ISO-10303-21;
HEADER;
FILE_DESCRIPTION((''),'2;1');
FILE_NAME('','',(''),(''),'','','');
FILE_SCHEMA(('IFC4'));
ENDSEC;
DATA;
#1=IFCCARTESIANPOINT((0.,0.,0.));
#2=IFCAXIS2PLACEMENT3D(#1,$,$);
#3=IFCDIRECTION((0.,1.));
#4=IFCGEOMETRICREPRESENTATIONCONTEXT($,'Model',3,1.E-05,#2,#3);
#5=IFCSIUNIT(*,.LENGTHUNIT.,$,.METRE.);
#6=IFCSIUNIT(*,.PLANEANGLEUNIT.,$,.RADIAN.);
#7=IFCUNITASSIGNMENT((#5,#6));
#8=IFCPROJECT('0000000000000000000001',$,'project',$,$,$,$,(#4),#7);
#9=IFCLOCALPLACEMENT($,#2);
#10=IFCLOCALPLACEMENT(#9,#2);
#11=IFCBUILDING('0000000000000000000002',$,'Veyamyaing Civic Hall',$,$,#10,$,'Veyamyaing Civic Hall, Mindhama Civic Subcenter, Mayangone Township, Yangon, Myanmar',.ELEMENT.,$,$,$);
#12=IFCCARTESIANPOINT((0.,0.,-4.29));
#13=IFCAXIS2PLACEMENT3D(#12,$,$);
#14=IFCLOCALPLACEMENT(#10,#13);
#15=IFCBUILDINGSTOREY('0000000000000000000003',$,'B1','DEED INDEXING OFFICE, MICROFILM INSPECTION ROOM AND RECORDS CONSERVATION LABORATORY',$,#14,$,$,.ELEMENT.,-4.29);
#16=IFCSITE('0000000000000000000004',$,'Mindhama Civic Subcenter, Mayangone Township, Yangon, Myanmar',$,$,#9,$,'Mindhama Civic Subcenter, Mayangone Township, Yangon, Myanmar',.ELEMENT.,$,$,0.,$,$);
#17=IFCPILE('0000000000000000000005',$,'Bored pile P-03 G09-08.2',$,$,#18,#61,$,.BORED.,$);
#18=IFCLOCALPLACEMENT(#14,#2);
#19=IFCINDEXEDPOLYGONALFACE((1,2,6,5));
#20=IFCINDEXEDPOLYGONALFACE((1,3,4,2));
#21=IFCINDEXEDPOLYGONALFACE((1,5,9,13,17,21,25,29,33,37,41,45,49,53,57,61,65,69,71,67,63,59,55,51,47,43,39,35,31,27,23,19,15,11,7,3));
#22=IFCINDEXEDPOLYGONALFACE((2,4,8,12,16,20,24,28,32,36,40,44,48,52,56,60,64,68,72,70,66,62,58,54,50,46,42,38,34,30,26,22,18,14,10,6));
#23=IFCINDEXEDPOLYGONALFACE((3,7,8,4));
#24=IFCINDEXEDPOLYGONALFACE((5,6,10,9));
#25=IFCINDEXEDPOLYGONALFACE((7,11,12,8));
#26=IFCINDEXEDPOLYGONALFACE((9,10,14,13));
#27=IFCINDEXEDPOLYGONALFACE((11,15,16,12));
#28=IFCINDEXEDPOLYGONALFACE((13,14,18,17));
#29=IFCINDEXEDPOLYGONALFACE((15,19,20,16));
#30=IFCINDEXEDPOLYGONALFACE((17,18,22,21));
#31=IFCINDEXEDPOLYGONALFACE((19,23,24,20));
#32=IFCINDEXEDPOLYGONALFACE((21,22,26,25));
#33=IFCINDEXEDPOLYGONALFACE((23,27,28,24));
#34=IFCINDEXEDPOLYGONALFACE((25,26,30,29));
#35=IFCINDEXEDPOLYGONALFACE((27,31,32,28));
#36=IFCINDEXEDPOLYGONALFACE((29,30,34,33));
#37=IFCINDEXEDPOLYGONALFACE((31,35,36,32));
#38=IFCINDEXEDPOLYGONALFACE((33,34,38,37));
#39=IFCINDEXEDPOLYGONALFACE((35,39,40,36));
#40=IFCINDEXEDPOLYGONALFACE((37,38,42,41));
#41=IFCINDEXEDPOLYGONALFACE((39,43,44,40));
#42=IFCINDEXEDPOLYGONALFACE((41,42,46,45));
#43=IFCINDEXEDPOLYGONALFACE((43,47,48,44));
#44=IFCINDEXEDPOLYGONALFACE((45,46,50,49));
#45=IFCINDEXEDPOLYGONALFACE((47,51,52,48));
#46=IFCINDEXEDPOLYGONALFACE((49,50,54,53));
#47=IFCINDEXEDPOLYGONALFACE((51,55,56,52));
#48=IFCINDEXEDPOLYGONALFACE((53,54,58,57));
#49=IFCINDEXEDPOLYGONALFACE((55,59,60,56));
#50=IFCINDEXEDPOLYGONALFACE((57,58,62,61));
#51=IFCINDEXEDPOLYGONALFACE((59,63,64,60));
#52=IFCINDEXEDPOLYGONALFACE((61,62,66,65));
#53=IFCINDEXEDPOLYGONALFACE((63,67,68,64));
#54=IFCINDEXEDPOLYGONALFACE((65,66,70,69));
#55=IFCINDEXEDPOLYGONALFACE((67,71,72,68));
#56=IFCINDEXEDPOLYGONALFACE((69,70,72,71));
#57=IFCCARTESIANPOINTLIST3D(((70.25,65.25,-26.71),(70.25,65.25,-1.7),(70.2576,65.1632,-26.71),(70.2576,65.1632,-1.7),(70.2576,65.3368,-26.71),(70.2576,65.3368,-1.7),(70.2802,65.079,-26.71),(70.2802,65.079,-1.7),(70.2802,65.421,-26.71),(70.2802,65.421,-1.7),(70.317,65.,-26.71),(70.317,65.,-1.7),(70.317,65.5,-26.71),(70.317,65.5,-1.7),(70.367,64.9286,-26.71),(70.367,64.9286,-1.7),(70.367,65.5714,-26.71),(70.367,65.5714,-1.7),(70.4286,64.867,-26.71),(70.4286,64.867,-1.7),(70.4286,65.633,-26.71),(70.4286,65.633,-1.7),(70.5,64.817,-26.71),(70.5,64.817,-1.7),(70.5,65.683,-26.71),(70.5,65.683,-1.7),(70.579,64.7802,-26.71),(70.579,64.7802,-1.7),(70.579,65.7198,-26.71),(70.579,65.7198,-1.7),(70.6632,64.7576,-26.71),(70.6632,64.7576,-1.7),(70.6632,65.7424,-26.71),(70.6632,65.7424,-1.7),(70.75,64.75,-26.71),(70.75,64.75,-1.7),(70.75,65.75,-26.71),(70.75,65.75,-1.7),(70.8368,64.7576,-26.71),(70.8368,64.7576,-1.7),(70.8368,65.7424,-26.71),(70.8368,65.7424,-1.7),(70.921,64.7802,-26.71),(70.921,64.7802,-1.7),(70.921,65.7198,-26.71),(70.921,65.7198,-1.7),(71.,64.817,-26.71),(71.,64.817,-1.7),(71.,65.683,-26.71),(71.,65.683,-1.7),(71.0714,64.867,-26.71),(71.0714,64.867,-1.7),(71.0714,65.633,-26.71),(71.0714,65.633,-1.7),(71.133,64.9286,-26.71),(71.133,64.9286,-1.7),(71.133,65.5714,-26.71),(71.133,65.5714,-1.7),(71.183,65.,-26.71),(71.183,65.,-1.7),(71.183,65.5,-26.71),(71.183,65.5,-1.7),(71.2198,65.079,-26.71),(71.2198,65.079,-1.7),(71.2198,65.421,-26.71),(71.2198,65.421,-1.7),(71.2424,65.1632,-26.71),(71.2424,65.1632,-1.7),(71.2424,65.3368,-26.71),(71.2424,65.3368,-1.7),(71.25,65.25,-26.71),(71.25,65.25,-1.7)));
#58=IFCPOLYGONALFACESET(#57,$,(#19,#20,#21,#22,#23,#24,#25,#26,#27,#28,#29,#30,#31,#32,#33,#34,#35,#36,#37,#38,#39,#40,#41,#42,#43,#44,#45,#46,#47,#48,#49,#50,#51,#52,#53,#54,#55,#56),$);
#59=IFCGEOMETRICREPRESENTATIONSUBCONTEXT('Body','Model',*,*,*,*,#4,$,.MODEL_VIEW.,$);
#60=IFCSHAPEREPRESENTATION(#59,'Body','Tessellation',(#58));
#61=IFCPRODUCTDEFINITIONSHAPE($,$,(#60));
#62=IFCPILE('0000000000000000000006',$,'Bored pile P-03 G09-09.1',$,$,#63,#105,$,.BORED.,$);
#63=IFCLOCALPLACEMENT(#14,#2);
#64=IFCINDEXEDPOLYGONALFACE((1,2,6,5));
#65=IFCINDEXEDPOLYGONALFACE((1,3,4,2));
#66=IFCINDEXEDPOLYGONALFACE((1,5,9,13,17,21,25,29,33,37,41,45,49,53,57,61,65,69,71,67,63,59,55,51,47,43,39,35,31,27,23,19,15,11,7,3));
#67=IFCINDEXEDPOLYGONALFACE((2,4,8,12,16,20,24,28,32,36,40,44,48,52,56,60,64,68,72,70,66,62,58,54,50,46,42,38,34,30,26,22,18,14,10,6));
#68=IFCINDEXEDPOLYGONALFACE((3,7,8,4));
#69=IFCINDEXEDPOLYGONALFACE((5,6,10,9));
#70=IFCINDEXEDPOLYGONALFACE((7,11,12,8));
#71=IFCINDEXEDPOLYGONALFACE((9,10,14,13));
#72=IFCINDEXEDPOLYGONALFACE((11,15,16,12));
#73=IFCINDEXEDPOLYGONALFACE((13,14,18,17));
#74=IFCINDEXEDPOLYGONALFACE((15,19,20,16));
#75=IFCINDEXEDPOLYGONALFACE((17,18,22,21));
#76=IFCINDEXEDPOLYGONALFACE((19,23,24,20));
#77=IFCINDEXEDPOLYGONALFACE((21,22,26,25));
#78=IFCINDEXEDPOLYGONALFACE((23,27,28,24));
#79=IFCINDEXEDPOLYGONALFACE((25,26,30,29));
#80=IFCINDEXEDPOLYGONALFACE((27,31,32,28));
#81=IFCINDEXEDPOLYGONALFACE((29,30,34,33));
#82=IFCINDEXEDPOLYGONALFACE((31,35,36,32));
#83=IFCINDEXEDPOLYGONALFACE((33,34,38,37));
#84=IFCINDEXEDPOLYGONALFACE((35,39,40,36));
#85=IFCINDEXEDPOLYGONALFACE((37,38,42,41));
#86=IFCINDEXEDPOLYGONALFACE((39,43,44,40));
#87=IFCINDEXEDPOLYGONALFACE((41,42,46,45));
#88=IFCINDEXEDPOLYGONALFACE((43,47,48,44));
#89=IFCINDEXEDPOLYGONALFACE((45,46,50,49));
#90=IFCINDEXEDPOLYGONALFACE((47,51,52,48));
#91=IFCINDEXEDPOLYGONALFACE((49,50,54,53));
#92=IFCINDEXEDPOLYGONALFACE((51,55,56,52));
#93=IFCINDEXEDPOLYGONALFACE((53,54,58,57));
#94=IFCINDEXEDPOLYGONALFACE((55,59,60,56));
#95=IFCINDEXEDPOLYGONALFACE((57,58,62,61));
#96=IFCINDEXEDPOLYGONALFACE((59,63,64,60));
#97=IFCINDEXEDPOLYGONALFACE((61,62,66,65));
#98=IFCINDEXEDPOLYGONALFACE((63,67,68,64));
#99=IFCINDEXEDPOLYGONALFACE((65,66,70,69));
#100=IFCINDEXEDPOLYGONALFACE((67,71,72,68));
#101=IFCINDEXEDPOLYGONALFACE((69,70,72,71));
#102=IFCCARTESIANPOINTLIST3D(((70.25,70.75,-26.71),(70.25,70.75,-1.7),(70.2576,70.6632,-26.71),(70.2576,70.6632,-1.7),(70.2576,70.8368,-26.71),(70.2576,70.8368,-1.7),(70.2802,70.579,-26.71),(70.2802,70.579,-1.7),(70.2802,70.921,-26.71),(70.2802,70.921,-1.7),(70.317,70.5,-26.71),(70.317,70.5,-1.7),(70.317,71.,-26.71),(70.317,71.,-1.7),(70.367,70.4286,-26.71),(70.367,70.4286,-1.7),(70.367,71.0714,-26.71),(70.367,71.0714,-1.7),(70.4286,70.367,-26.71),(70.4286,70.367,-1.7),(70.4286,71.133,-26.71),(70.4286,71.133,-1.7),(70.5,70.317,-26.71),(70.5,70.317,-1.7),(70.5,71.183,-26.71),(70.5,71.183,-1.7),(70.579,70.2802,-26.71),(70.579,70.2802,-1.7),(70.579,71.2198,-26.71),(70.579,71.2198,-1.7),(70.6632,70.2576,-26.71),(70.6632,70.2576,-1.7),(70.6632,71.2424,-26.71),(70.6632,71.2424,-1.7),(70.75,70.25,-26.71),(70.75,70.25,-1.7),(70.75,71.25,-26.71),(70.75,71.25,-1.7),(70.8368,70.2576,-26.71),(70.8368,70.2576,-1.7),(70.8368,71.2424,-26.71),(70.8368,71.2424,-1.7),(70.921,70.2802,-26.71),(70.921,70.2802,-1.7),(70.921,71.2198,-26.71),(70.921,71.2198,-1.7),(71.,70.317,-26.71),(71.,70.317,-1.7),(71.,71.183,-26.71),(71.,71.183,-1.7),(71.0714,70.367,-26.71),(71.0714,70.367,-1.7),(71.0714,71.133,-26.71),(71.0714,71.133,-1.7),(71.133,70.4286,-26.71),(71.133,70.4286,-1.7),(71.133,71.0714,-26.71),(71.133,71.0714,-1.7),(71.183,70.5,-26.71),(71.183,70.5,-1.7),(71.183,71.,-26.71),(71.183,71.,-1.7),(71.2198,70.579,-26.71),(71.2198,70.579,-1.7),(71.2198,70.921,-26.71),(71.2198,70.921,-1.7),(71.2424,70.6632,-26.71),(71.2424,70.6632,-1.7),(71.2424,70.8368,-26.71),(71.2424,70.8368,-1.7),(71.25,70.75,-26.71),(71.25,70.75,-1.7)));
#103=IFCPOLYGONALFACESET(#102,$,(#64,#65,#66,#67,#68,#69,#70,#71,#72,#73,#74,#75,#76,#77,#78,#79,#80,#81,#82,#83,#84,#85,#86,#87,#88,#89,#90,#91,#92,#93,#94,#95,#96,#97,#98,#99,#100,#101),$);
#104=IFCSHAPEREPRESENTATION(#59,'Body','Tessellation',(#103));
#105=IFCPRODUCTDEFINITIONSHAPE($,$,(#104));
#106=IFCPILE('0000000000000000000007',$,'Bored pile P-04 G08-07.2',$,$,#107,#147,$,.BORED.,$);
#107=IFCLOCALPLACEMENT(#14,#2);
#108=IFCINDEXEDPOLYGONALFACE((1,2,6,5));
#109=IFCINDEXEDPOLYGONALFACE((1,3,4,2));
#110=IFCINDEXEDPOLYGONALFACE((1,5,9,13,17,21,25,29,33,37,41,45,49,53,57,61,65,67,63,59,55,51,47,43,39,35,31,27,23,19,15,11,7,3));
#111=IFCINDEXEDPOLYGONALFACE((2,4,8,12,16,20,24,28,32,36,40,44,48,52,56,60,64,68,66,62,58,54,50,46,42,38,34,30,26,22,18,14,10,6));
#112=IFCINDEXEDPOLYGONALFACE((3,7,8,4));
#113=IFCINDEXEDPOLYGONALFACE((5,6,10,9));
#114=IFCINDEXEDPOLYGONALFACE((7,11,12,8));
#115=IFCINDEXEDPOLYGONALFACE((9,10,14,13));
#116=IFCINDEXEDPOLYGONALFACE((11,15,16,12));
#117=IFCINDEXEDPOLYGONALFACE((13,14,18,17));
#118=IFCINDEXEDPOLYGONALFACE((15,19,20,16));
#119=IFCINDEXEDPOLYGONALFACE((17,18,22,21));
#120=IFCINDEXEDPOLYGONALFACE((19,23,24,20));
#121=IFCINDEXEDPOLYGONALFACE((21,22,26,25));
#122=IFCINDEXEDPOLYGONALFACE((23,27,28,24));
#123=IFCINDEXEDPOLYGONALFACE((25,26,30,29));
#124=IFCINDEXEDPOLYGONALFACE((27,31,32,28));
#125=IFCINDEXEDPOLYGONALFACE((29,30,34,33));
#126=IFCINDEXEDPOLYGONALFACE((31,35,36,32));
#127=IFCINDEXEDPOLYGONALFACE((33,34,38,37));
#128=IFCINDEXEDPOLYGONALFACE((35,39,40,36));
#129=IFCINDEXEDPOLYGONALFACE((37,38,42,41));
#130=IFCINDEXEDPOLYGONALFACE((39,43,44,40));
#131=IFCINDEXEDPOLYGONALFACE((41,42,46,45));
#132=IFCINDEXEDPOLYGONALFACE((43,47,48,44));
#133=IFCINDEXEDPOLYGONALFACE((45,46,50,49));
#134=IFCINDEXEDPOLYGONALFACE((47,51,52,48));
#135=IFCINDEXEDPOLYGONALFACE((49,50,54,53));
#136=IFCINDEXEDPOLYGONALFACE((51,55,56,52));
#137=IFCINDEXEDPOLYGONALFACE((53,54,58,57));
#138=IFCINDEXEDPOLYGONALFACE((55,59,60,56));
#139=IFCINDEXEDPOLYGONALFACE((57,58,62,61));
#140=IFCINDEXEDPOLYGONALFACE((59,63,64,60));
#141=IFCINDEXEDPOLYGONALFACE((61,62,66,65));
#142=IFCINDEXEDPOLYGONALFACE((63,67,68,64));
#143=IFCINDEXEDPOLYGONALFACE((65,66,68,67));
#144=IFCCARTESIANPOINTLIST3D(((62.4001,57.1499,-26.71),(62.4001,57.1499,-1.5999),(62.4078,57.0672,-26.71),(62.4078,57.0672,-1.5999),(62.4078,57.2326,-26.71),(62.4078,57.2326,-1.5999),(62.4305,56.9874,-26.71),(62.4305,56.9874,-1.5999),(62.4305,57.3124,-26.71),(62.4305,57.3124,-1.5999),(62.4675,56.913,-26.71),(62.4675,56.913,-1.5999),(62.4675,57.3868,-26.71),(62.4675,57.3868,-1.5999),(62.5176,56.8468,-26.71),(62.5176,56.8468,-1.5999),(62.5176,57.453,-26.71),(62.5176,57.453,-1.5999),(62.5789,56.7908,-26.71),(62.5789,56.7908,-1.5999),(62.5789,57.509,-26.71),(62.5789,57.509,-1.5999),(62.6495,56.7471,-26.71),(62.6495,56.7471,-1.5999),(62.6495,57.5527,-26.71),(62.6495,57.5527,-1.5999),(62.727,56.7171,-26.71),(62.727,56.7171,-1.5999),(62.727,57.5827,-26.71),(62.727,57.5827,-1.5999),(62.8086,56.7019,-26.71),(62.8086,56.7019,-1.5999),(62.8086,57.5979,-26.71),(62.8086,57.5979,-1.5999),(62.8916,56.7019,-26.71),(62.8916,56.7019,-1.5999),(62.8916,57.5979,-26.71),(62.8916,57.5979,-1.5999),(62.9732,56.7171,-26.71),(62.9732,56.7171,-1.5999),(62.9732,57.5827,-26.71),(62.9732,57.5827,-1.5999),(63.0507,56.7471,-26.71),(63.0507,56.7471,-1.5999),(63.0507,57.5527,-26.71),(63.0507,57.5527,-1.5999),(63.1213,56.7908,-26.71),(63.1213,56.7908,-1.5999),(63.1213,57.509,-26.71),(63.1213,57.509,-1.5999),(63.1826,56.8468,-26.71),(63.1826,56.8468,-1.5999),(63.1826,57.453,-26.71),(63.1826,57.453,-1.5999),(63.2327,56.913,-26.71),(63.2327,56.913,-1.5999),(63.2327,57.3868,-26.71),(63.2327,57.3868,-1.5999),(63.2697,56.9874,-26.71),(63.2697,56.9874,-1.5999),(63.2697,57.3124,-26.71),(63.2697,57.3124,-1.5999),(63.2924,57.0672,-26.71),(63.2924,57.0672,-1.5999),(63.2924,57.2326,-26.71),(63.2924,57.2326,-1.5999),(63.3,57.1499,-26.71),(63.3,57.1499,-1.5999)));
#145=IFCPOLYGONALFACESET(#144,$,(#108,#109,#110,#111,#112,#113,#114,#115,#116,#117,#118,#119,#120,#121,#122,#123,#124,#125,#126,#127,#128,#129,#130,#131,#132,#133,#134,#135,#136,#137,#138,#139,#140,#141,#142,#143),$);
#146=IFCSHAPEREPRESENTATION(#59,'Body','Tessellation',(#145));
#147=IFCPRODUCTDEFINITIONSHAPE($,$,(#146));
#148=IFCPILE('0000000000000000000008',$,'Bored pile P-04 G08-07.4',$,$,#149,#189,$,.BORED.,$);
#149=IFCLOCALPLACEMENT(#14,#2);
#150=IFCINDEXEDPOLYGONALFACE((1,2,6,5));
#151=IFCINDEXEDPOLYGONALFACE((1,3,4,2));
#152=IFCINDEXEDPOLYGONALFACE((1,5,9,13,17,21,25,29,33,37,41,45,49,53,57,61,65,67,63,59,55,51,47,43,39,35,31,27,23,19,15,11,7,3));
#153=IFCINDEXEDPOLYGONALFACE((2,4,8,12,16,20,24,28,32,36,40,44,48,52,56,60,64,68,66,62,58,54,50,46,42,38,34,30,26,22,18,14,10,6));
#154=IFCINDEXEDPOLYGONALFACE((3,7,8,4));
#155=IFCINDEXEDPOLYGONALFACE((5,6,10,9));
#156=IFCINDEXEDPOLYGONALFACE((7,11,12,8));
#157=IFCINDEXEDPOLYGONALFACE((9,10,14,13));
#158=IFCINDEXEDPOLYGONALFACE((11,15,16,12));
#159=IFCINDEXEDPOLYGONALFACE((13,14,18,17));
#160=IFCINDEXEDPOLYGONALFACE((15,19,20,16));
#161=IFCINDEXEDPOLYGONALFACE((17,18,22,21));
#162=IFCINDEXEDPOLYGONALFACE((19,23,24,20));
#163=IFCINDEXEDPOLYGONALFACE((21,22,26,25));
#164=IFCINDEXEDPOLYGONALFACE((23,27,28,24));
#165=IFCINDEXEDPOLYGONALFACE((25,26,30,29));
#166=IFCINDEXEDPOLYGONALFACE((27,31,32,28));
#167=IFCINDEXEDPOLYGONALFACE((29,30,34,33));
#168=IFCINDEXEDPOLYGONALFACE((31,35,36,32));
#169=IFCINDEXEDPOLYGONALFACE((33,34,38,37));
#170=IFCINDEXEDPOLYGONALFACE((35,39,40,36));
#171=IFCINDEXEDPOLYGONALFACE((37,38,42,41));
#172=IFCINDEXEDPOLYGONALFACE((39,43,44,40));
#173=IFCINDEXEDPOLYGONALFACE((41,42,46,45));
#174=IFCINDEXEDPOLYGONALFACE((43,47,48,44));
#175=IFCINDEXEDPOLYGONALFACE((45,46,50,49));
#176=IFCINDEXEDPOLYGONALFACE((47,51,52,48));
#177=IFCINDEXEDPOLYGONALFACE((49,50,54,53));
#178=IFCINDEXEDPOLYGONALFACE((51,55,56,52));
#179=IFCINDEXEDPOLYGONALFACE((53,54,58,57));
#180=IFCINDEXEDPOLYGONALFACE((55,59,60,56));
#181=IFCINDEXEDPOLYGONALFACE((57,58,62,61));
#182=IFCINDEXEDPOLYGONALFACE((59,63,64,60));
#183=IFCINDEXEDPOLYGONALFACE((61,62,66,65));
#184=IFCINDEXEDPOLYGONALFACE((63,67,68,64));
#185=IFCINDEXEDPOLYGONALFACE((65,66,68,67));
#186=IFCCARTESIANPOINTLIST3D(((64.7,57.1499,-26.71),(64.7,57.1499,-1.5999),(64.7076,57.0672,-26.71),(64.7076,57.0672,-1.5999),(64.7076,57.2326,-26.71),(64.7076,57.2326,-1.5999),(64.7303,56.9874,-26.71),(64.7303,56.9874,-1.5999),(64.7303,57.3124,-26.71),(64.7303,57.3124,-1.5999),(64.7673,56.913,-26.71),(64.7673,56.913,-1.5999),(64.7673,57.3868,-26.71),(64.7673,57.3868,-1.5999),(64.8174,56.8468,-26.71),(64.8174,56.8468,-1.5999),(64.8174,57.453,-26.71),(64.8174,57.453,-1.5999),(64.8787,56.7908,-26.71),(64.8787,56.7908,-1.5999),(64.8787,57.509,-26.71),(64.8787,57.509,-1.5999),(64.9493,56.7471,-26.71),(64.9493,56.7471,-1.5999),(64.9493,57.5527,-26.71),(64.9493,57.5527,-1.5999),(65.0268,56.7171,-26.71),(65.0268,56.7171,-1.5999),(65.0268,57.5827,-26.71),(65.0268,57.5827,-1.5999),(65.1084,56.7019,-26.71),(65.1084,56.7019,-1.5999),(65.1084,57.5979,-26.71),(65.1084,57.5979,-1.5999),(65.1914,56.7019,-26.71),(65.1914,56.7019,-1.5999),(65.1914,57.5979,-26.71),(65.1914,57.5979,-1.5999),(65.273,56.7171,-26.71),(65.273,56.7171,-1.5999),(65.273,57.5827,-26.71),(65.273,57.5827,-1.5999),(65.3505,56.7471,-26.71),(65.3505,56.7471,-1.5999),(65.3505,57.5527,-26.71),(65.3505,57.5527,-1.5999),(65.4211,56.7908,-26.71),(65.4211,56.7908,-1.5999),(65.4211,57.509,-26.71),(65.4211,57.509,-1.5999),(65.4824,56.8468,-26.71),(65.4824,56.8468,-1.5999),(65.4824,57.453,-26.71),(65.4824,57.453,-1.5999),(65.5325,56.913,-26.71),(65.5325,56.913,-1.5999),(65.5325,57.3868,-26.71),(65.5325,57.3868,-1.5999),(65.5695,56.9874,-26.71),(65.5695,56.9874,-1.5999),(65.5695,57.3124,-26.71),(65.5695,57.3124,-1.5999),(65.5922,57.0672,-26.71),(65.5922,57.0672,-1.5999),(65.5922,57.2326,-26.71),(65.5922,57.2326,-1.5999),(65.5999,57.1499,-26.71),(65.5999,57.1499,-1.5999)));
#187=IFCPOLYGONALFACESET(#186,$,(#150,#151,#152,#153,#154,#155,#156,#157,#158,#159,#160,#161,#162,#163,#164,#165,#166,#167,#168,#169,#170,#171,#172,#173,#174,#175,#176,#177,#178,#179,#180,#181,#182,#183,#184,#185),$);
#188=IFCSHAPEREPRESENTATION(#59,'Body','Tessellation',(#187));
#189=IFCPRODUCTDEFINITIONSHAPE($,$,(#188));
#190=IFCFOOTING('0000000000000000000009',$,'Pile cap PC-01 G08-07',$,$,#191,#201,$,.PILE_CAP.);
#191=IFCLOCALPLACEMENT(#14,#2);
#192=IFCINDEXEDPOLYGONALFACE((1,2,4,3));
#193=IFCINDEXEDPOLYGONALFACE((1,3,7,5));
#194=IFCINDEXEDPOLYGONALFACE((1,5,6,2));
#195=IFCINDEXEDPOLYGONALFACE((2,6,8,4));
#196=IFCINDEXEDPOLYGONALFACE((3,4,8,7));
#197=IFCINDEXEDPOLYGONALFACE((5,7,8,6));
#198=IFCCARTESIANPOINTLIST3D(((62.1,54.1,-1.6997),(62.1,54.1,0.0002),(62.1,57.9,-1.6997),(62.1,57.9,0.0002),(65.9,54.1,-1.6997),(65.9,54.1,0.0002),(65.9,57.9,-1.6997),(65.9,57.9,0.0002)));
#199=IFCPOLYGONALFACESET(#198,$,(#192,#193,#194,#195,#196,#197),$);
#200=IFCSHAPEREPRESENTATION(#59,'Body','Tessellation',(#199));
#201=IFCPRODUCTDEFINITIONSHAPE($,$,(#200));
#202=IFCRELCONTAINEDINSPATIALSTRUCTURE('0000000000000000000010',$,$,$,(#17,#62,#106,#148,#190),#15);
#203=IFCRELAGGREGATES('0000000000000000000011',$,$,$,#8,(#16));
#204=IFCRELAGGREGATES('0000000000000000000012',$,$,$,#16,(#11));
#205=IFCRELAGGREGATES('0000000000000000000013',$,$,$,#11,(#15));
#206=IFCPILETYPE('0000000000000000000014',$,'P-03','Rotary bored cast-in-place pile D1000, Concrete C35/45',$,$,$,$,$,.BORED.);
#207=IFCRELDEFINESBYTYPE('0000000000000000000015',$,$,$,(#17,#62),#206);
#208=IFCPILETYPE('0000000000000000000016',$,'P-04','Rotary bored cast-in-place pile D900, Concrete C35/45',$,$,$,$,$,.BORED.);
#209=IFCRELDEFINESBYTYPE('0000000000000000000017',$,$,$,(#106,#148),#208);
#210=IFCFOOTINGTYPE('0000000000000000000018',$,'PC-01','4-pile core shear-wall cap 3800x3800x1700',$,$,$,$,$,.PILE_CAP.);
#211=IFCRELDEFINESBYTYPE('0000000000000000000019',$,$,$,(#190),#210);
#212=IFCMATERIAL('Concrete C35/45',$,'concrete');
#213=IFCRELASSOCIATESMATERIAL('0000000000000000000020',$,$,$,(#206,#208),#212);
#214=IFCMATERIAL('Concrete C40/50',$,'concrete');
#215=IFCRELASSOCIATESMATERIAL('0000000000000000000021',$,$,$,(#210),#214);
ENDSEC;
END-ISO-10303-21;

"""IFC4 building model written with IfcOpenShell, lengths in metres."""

from ifc_helpers import new_model, si_unit, direction, frame, origin, origin_2d, place, context, subcontext, project, spatial, rectangle, circle, extrude, material, material_profile, profile_set, type_object, element, save


model = new_model("IFC4")

# Units and contexts
model_context = context("Model", 3, precision=1e-05, world=origin(), true_north=direction((0.0, 1.0)))
body_context = subcontext(model_context, "Body", "Model", "MODEL_VIEW")
ifc_project = project(units=[si_unit("LENGTHUNIT", "METRE"), si_unit("PLANEANGLEUNIT", "RADIAN")], contexts=[model_context])

# Site, building, storey
site_placement = place(None, origin())
site = spatial("IfcSite", under=ifc_project, at=site_placement, Name="Mindhama Civic Subcenter, Mayangone Township, Yangon, Myanmar", LongName="Mindhama Civic Subcenter, Mayangone Township, Yangon, Myanmar", CompositionType="ELEMENT", RefElevation=0.0)
building_placement = place(site_placement, origin())
building = spatial("IfcBuilding", under=site, at=building_placement, Name="Veyamyaing Civic Hall", LongName="Veyamyaing Civic Hall, Mindhama Civic Subcenter, Mayangone Township, Yangon, Myanmar", CompositionType="ELEMENT")
storey_placement = place(building_placement, frame((0.0, 0.0, -4.29)))
storey = spatial("IfcBuildingStorey", under=building, at=storey_placement, Name="B1", Description="DEED INDEXING OFFICE, MICROFILM INSPECTION ROOM AND RECORDS CONSERVATION LABORATORY", CompositionType="ELEMENT", Elevation=-4.29)

# Shared definitions
ifc_material_1 = material(Name="Concrete C40/50", Category="concrete")

# Piles
ifc_material_2 = material(Name="Concrete C35/45", Category="concrete")
ifc_material_profile_1 = material_profile(ifc_material_2, circle(Radius=0.5, at=origin_2d()), Name="PILE-D1000")
ifc_profile_set_1 = profile_set([ifc_material_profile_1], Name="Concrete C35/45")
pile_type_1 = type_object("IfcPileType", Name="P-03", Description="Rotary bored cast-in-place pile D1000, Concrete C35/45", PredefinedType="BORED", material=ifc_profile_set_1)
for number, where, z_axis, x_axis, name in (
    (1, (70.75, 65.25, -1.7), (0.0, 0.0, -1.0), (1.0, 0.0, 0.0), "Bored pile P-03 G09-08.2"),
    (2, (70.75, 70.75, -1.7), (0.0, 0.0, -1.0), (1.0, 0.0, 0.0), "Bored pile P-03 G09-09.1"),
):
    element("IfcPile", number, at=place(storey_placement, frame(where, z_axis=z_axis, x_axis=x_axis)), inside=storey, type_object=pile_type_1, Name=name, PredefinedType="BORED", context=body_context, shape_type="SweptSolid", body=[
        extrude(circle(Radius=0.5, at=origin_2d()), origin(), (0.0, 0.0, 1.0), 25.01),
    ])
ifc_material_profile_2 = material_profile(ifc_material_2, circle(Radius=0.45, at=origin_2d()), Name="PILE-D900")
ifc_profile_set_2 = profile_set([ifc_material_profile_2], Name="Concrete C35/45")
pile_type_2 = type_object("IfcPileType", Name="P-04", Description="Rotary bored cast-in-place pile D900, Concrete C35/45", PredefinedType="BORED", material=ifc_profile_set_2)
for number, where, z_axis, x_axis, name in (
    (3, (62.8501, 57.1499, -1.5999), (0.0, 0.0, -1.0), (1.0, 0.0, 0.0), "Bored pile P-04 G08-07.2"),
    (4, (65.1499, 57.1499, -1.5999), (0.0, 0.0, -1.0), (1.0, 0.0, 0.0), "Bored pile P-04 G08-07.4"),
):
    element("IfcPile", number, at=place(storey_placement, frame(where, z_axis=z_axis, x_axis=x_axis)), inside=storey, type_object=pile_type_2, Name=name, PredefinedType="BORED", context=body_context, shape_type="SweptSolid", body=[
        extrude(circle(Radius=0.45, at=origin_2d()), origin(), (0.0, 0.0, 1.0), 25.1101),
    ])

# Footing
footing_type_1 = type_object("IfcFootingType", Name="PC-01", Description="4-pile core shear-wall cap 3800x3800x1700", PredefinedType="PILE_CAP", material=ifc_material_1)
footing_1_placement = place(storey_placement, frame((64.0, 56.0, -1.6997), z_axis=(0.0, 0.0, 1.0), x_axis=(1.0, 0.0, 0.0)))
element("IfcFooting", 5, at=footing_1_placement, inside=storey, type_object=footing_type_1, Name="Pile cap PC-01 G08-07", PredefinedType="PILE_CAP", context=body_context, shape_type="SweptSolid", body=[
    extrude(rectangle(XDim=3.8, YDim=3.8, at=origin_2d()), origin(), (0.0, 0.0, 1.0), 1.7),
])

save(model, "model.ifc")
